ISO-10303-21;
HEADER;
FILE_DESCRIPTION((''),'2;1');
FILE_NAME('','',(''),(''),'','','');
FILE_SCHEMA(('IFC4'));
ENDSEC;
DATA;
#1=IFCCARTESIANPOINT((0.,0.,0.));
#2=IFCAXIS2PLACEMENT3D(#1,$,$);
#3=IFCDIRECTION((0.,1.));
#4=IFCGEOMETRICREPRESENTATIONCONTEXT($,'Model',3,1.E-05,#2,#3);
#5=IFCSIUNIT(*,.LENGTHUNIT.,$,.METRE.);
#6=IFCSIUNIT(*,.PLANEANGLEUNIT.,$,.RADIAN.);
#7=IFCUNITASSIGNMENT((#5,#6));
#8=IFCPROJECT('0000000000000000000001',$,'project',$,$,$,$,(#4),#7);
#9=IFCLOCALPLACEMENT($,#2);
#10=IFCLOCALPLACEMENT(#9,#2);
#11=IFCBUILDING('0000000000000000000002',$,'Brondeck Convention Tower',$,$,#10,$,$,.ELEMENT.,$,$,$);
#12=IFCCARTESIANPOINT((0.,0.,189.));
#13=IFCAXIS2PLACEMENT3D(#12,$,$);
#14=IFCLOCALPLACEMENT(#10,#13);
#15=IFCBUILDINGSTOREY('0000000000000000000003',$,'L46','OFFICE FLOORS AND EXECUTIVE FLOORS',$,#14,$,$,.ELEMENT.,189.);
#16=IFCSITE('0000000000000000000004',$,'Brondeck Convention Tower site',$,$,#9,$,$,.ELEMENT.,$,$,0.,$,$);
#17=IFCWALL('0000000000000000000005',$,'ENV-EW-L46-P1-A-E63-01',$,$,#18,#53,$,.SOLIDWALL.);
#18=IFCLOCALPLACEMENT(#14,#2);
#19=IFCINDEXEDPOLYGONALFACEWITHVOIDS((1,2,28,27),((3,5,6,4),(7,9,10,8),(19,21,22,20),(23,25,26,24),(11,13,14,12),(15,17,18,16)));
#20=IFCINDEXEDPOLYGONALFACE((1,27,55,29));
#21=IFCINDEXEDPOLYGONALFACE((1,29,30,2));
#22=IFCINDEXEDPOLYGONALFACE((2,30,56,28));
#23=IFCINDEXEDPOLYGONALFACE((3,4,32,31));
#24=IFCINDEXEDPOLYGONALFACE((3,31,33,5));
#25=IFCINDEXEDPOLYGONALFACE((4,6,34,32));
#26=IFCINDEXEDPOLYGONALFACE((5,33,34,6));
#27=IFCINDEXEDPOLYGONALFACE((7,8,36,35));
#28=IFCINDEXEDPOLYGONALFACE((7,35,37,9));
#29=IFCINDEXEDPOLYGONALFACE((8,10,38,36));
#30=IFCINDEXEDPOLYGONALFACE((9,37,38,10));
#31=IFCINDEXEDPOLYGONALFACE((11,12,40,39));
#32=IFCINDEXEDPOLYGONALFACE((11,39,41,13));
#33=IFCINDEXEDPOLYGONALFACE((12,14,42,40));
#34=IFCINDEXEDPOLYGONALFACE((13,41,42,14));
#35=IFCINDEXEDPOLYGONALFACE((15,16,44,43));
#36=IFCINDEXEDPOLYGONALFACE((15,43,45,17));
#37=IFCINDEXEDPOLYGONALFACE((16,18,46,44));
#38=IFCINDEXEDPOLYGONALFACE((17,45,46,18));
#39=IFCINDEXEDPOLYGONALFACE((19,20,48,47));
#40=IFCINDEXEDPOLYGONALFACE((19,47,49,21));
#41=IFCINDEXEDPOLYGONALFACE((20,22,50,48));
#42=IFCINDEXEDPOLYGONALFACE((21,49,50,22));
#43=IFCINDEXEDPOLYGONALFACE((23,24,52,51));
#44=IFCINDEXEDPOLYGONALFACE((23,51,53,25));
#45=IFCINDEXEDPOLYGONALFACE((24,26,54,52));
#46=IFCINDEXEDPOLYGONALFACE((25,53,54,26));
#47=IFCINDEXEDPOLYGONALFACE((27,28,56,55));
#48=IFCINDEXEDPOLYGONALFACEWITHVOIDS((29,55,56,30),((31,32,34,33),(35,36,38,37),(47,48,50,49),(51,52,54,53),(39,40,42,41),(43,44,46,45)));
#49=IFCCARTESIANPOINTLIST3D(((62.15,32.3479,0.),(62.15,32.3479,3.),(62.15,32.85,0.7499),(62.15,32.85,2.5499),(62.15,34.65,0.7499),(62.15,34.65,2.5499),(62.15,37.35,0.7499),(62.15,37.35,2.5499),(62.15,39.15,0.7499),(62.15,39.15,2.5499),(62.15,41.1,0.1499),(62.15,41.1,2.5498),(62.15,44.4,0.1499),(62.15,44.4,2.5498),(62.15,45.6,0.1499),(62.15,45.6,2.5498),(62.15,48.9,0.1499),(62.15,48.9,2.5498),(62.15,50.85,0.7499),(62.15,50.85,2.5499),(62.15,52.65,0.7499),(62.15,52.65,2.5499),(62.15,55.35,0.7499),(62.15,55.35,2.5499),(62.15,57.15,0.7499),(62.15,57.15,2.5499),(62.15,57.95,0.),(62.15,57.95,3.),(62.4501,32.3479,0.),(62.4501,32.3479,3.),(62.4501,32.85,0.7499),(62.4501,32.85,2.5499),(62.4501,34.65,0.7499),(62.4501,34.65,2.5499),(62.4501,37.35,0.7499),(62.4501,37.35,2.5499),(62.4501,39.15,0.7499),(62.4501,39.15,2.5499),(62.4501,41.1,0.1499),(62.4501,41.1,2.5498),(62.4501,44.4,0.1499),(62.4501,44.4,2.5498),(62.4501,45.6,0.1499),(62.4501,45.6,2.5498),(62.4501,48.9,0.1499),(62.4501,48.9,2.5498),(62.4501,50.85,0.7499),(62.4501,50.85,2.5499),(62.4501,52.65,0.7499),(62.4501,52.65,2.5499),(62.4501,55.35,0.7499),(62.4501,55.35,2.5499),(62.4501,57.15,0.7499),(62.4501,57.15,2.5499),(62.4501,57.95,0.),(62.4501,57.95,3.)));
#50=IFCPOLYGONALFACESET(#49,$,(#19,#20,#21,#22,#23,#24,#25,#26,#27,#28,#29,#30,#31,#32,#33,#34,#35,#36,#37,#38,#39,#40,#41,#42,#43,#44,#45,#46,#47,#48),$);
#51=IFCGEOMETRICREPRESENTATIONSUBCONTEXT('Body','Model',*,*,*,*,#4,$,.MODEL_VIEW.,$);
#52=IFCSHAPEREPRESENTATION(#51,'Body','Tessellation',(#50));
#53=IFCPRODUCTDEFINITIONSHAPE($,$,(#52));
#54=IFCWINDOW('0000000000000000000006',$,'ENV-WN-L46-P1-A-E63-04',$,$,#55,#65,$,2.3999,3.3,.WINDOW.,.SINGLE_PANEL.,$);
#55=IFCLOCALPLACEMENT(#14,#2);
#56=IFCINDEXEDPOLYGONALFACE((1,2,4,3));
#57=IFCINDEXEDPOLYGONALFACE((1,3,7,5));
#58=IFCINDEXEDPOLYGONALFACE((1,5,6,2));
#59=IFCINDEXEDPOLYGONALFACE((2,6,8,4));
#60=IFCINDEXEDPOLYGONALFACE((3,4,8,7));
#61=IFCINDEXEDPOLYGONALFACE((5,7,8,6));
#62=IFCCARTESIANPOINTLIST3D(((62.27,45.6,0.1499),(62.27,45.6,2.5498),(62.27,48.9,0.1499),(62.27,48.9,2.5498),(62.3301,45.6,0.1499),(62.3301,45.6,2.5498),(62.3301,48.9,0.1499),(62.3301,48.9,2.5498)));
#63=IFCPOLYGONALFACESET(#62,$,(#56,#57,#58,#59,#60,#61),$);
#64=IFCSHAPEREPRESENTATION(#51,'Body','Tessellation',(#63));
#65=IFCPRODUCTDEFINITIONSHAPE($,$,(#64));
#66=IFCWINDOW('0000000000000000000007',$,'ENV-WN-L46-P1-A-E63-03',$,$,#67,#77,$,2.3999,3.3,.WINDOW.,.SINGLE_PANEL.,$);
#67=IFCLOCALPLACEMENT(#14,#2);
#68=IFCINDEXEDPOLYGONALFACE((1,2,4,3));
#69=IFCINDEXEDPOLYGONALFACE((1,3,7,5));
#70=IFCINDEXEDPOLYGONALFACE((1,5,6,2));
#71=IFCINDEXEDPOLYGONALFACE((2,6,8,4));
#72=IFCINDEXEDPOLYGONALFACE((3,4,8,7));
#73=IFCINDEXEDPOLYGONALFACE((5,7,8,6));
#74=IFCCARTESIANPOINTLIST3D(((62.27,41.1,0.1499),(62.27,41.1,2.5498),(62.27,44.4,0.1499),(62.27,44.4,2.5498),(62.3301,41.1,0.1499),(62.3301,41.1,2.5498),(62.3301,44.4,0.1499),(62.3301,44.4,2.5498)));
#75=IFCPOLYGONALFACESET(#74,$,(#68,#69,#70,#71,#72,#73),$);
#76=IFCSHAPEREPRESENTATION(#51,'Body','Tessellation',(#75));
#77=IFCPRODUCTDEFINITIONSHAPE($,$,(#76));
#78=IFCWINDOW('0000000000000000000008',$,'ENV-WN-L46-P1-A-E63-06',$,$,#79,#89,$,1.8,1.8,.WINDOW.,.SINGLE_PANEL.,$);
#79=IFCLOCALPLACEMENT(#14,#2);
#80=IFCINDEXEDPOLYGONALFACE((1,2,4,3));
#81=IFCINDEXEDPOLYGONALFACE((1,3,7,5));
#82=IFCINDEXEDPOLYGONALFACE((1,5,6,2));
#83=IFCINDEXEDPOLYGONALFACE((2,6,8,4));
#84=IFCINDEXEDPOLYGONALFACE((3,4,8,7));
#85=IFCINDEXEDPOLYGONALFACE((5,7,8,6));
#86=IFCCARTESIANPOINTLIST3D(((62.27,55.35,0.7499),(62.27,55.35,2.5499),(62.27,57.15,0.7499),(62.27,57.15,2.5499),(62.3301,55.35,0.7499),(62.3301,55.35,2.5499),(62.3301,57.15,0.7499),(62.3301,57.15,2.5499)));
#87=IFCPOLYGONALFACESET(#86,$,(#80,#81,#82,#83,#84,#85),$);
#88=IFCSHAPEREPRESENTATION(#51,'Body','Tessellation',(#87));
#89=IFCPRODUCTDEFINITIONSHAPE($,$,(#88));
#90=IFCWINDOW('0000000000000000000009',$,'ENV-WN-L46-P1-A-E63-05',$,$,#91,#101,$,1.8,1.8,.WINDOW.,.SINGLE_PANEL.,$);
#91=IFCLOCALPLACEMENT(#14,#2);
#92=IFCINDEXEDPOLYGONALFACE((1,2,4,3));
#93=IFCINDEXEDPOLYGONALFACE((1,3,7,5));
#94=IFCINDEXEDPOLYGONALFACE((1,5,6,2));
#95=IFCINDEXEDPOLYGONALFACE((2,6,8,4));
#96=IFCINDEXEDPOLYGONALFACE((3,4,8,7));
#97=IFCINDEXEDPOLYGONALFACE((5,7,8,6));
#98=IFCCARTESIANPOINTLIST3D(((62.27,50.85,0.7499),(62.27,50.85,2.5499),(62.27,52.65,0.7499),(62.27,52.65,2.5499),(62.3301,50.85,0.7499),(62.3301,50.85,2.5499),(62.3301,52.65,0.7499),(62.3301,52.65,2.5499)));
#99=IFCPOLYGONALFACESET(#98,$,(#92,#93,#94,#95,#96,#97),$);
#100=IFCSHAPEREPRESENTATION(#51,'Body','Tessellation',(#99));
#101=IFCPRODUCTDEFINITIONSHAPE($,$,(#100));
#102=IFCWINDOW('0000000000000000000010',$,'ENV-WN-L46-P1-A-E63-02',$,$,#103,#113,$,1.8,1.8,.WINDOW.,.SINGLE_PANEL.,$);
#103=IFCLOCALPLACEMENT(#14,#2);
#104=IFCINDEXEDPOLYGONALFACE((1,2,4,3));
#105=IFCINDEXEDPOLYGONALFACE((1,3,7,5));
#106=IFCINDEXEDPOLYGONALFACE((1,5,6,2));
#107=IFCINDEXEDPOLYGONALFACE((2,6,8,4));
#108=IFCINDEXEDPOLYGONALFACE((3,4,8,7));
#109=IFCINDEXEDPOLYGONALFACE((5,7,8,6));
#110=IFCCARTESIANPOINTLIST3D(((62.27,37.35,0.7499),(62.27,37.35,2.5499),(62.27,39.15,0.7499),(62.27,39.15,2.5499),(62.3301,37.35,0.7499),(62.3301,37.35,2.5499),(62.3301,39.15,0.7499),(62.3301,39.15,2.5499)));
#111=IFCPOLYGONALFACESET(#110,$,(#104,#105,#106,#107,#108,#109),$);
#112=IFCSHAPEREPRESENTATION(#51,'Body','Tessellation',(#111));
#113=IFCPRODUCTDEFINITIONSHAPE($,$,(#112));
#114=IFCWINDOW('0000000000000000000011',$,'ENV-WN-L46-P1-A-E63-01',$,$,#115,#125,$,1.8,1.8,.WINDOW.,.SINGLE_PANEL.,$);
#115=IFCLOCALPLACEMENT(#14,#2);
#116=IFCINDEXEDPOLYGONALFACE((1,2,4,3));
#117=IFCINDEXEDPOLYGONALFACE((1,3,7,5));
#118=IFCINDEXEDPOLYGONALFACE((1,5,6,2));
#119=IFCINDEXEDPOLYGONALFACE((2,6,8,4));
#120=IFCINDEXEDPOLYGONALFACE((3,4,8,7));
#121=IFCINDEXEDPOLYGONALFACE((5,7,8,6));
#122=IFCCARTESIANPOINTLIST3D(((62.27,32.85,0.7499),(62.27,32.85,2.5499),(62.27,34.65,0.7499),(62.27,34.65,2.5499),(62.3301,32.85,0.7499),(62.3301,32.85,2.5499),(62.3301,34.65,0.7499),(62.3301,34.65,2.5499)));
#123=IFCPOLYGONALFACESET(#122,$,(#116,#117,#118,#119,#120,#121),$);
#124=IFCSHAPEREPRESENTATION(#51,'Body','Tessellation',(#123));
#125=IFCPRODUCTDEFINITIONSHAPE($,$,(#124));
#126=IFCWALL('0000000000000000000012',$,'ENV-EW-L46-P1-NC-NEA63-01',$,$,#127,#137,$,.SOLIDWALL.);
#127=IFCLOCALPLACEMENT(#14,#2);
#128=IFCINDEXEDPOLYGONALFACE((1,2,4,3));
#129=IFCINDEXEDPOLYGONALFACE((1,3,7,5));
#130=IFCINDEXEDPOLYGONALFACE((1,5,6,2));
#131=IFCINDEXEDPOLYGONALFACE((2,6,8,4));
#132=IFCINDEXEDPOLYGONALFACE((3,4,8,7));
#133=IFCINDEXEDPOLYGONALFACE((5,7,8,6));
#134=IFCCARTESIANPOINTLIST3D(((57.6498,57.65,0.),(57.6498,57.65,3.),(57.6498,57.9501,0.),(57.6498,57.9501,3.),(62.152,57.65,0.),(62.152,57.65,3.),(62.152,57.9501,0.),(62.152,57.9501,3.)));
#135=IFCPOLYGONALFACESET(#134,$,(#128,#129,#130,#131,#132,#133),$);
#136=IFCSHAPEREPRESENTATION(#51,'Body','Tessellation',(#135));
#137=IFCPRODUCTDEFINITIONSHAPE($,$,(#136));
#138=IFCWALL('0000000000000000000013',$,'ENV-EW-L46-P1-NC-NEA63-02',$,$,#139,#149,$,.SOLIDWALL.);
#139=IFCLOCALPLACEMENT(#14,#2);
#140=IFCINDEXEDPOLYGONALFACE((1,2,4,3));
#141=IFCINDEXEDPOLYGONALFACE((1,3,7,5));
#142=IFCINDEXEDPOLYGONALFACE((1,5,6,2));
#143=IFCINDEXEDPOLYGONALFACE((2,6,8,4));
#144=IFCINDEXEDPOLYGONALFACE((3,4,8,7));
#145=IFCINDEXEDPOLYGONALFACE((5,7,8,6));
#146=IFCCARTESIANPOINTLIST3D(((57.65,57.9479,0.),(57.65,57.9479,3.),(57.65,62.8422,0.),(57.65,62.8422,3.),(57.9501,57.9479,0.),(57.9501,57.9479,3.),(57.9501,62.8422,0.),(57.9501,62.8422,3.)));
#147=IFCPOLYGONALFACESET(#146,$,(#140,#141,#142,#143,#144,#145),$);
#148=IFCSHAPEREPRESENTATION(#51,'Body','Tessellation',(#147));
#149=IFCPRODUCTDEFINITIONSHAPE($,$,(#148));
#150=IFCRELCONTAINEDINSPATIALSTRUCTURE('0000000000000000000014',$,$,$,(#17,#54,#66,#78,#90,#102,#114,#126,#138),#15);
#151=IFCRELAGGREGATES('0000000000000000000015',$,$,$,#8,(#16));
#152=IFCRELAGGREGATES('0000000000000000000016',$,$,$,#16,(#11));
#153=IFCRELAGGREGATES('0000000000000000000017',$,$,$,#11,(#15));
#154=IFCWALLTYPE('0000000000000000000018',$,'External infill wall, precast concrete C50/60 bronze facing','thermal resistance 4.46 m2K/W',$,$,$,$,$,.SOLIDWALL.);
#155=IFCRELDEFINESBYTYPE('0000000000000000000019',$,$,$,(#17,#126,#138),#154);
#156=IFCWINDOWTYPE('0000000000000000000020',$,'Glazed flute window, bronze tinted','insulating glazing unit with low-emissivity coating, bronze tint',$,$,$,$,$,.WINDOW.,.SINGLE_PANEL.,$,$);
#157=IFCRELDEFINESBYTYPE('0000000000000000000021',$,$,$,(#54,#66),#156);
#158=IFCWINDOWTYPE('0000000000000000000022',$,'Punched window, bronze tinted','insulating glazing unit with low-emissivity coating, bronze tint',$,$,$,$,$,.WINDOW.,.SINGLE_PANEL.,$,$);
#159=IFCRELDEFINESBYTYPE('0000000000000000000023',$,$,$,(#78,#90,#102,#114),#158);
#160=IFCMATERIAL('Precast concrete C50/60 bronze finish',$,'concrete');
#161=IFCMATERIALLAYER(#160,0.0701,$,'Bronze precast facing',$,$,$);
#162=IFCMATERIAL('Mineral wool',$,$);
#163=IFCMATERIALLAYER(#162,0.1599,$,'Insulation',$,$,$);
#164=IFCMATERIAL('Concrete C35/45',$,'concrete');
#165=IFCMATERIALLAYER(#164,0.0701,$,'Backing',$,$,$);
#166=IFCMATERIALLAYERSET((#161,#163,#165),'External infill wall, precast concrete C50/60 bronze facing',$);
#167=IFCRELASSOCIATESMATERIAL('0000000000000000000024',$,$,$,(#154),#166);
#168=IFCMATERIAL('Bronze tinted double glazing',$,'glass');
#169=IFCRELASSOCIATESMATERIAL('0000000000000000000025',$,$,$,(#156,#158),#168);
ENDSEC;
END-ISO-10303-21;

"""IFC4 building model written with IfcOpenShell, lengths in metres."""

from ifc_helpers import new_model, si_unit, direction, frame, frame_2d, origin, place, context, subcontext, project, spatial, rectangle, extrude, material, layer, layer_set, type_object, element, fill, save


model = new_model("IFC4")

# Units and contexts
model_context = context("Model", 3, precision=1e-05, world=origin(), true_north=direction((0.0, 1.0)))
body_context = subcontext(model_context, "Body", "Model", "MODEL_VIEW")
ifc_project = project(units=[si_unit("LENGTHUNIT", "METRE"), si_unit("PLANEANGLEUNIT", "RADIAN")], contexts=[model_context])

# Site, building, storey
site_placement = place(None, origin())
site = spatial("IfcSite", under=ifc_project, at=site_placement, Name="Brondeck Convention Tower site", CompositionType="ELEMENT", RefElevation=0.0)
building_placement = place(site_placement, origin())
building = spatial("IfcBuilding", under=site, at=building_placement, Name="Brondeck Convention Tower", CompositionType="ELEMENT")
storey_placement = place(building_placement, frame((0.0, 0.0, 189.0)))
storey = spatial("IfcBuildingStorey", under=building, at=storey_placement, Name="L46", Description="OFFICE FLOORS AND EXECUTIVE FLOORS", CompositionType="ELEMENT", Elevation=189.0)

# Wall, openings, windows
ifc_material_1 = material(Name="Precast concrete C50/60 bronze finish", Category="concrete")
ifc_layer_1 = layer(ifc_material_1, 0.0701, Name="Bronze precast facing")
ifc_material_2 = material(Name="Mineral wool")
ifc_layer_2 = layer(ifc_material_2, 0.1599, Name="Insulation")
ifc_material_3 = material(Name="Concrete C35/45", Category="concrete")
ifc_layer_3 = layer(ifc_material_3, 0.0701, Name="Backing")
ifc_layer_set_1 = layer_set([ifc_layer_1, ifc_layer_2, ifc_layer_3], Name="External infill wall, precast concrete C50/60 bronze facing")
wall_type_1 = type_object("IfcWallType", Name="External infill wall, precast concrete C50/60 bronze facing", Description="thermal resistance 4.46 m2K/W", PredefinedType="SOLIDWALL", material=ifc_layer_set_1)
wall_1_placement = place(storey_placement, frame((62.3, 57.95, 0.0), z_axis=(0.0, 0.0, 1.0), x_axis=(0.0, -1.0, 0.0)))
wall_1 = element("IfcWall", 1, at=wall_1_placement, inside=storey, type_object=wall_type_1, Name="ENV-EW-L46-P1-A-E63-01", PredefinedType="SOLIDWALL", context=body_context, shape_type="SweptSolid", body=[
    extrude(rectangle(XDim=25.6021, YDim=0.3, at=frame_2d((12.801, 0.0))), origin(), (0.0, 0.0, 1.0), 3.0),
])
opening_1_placement = place(wall_1_placement, frame((0.8, 0.0, 0.75)))
opening_1 = element("IfcOpeningElement", 2, at=opening_1_placement, cuts=wall_1, PredefinedType="OPENING", context=body_context, shape_type="SweptSolid", body=[
    extrude(rectangle(XDim=1.8, YDim=1.8, at=frame_2d((0.8999, 0.8999))), frame((0.0, 0.1599, 0.0), z_axis=(0.0, -1.0, 0.0), x_axis=(1.0, 0.0, 0.0)), (0.0, 0.0, 1.0), 0.3201),
])
opening_2_placement = place(wall_1_placement, frame((5.3, 0.0, 0.75)))
opening_2 = element("IfcOpeningElement", 3, at=opening_2_placement, cuts=wall_1, PredefinedType="OPENING", context=body_context, shape_type="SweptSolid", body=[
    extrude(rectangle(XDim=1.8, YDim=1.8, at=frame_2d((0.8999, 0.8999))), frame((0.0, 0.1599, 0.0), z_axis=(0.0, -1.0, 0.0), x_axis=(1.0, 0.0, 0.0)), (0.0, 0.0, 1.0), 0.3201),
])
opening_3_placement = place(wall_1_placement, frame((9.05, 0.0, 0.1499)))
opening_3 = element("IfcOpeningElement", 4, at=opening_3_placement, cuts=wall_1, PredefinedType="OPENING", context=body_context, shape_type="SweptSolid", body=[
    extrude(rectangle(XDim=3.3, YDim=2.3999, at=frame_2d((1.6499, 1.2))), frame((0.0, 0.1599, 0.0), z_axis=(0.0, -1.0, 0.0), x_axis=(1.0, 0.0, 0.0)), (0.0, 0.0, 1.0), 0.3201),
])
opening_4_placement = place(wall_1_placement, frame((13.55, 0.0, 0.1499)))
opening_4 = element("IfcOpeningElement", 5, at=opening_4_placement, cuts=wall_1, PredefinedType="OPENING", context=body_context, shape_type="SweptSolid", body=[
    extrude(rectangle(XDim=3.3, YDim=2.3999, at=frame_2d((1.6499, 1.2))), frame((0.0, 0.1599, 0.0), z_axis=(0.0, -1.0, 0.0), x_axis=(1.0, 0.0, 0.0)), (0.0, 0.0, 1.0), 0.3201),
])
opening_5_placement = place(wall_1_placement, frame((18.8, 0.0, 0.75)))
opening_5 = element("IfcOpeningElement", 6, at=opening_5_placement, cuts=wall_1, PredefinedType="OPENING", context=body_context, shape_type="SweptSolid", body=[
    extrude(rectangle(XDim=1.8, YDim=1.8, at=frame_2d((0.8999, 0.8999))), frame((0.0, 0.1599, 0.0), z_axis=(0.0, -1.0, 0.0), x_axis=(1.0, 0.0, 0.0)), (0.0, 0.0, 1.0), 0.3201),
])
opening_6_placement = place(wall_1_placement, frame((23.3, 0.0, 0.75)))
opening_6 = element("IfcOpeningElement", 7, at=opening_6_placement, cuts=wall_1, PredefinedType="OPENING", context=body_context, shape_type="SweptSolid", body=[
    extrude(rectangle(XDim=1.8, YDim=1.8, at=frame_2d((0.8999, 0.8999))), frame((0.0, 0.1599, 0.0), z_axis=(0.0, -1.0, 0.0), x_axis=(1.0, 0.0, 0.0)), (0.0, 0.0, 1.0), 0.3201),
])
ifc_material_4 = material(Name="Bronze tinted double glazing", Category="glass")
window_type_1 = type_object("IfcWindowType", Name="Glazed flute window, bronze tinted", Description="insulating glazing unit with low-emissivity coating, bronze tint", PartitioningType="SINGLE_PANEL", PredefinedType="WINDOW", material=ifc_material_4)
window_1_placement = place(opening_3_placement, origin())
window_1 = element("IfcWindow", 8, at=window_1_placement, inside=storey, type_object=window_type_1, Name="ENV-WN-L46-P1-A-E63-04", OverallHeight=2.3999, OverallWidth=3.3, PartitioningType="SINGLE_PANEL", PredefinedType="WINDOW", context=body_context, shape_type="SweptSolid", body=[
    extrude(rectangle(XDim=3.3, YDim=2.3999, at=frame_2d((1.6499, 1.2))), frame((0.0, 0.03, 0.0), z_axis=(0.0, -1.0, 0.0), x_axis=(1.0, 0.0, 0.0)), (0.0, 0.0, 1.0), 0.0601),
])
fill(opening_3, window_1)
window_2_placement = place(opening_4_placement, origin())
window_2 = element("IfcWindow", 9, at=window_2_placement, inside=storey, type_object=window_type_1, Name="ENV-WN-L46-P1-A-E63-03", OverallHeight=2.3999, OverallWidth=3.3, PartitioningType="SINGLE_PANEL", PredefinedType="WINDOW", context=body_context, shape_type="SweptSolid", body=[
    extrude(rectangle(XDim=3.3, YDim=2.3999, at=frame_2d((1.6499, 1.2))), frame((0.0, 0.03, 0.0), z_axis=(0.0, -1.0, 0.0), x_axis=(1.0, 0.0, 0.0)), (0.0, 0.0, 1.0), 0.0601),
])
fill(opening_4, window_2)
window_type_2 = type_object("IfcWindowType", Name="Punched window, bronze tinted", Description="insulating glazing unit with low-emissivity coating, bronze tint", PartitioningType="SINGLE_PANEL", PredefinedType="WINDOW", material=ifc_material_4)
window_3_placement = place(opening_1_placement, origin())
window_3 = element("IfcWindow", 10, at=window_3_placement, inside=storey, type_object=window_type_2, Name="ENV-WN-L46-P1-A-E63-06", OverallHeight=1.8, OverallWidth=1.8, PartitioningType="SINGLE_PANEL", PredefinedType="WINDOW", context=body_context, shape_type="SweptSolid", body=[
    extrude(rectangle(XDim=1.8, YDim=1.8, at=frame_2d((0.8999, 0.8999))), frame((0.0, 0.03, 0.0), z_axis=(0.0, -1.0, 0.0), x_axis=(1.0, 0.0, 0.0)), (0.0, 0.0, 1.0), 0.0601),
])
fill(opening_1, window_3)
window_4_placement = place(opening_2_placement, origin())
window_4 = element("IfcWindow", 11, at=window_4_placement, inside=storey, type_object=window_type_2, Name="ENV-WN-L46-P1-A-E63-05", OverallHeight=1.8, OverallWidth=1.8, PartitioningType="SINGLE_PANEL", PredefinedType="WINDOW", context=body_context, shape_type="SweptSolid", body=[
    extrude(rectangle(XDim=1.8, YDim=1.8, at=frame_2d((0.8999, 0.8999))), frame((0.0, 0.03, 0.0), z_axis=(0.0, -1.0, 0.0), x_axis=(1.0, 0.0, 0.0)), (0.0, 0.0, 1.0), 0.0601),
])
fill(opening_2, window_4)
window_5_placement = place(opening_5_placement, origin())
window_5 = element("IfcWindow", 12, at=window_5_placement, inside=storey, type_object=window_type_2, Name="ENV-WN-L46-P1-A-E63-02", OverallHeight=1.8, OverallWidth=1.8, PartitioningType="SINGLE_PANEL", PredefinedType="WINDOW", context=body_context, shape_type="SweptSolid", body=[
    extrude(rectangle(XDim=1.8, YDim=1.8, at=frame_2d((0.8999, 0.8999))), frame((0.0, 0.03, 0.0), z_axis=(0.0, -1.0, 0.0), x_axis=(1.0, 0.0, 0.0)), (0.0, 0.0, 1.0), 0.0601),
])
fill(opening_5, window_5)
window_6_placement = place(opening_6_placement, origin())
window_6 = element("IfcWindow", 13, at=window_6_placement, inside=storey, type_object=window_type_2, Name="ENV-WN-L46-P1-A-E63-01", OverallHeight=1.8, OverallWidth=1.8, PartitioningType="SINGLE_PANEL", PredefinedType="WINDOW", context=body_context, shape_type="SweptSolid", body=[
    extrude(rectangle(XDim=1.8, YDim=1.8, at=frame_2d((0.8999, 0.8999))), frame((0.0, 0.03, 0.0), z_axis=(0.0, -1.0, 0.0), x_axis=(1.0, 0.0, 0.0)), (0.0, 0.0, 1.0), 0.0601),
])
fill(opening_6, window_6)

# Walls
wall_2_placement = place(storey_placement, frame((57.6499, 57.8, 0.0), z_axis=(0.0, 0.0, 1.0), x_axis=(1.0, 0.0, 0.0)))
element("IfcWall", 14, at=wall_2_placement, inside=storey, type_object=wall_type_1, Name="ENV-EW-L46-P1-NC-NEA63-01", PredefinedType="SOLIDWALL", context=body_context, shape_type="SweptSolid", body=[
    extrude(rectangle(XDim=4.5022, YDim=0.3, at=frame_2d((2.251, 0.0))), origin(), (0.0, 0.0, 1.0), 3.0),
])
wall_3_placement = place(storey_placement, frame((57.8, 62.8423, 0.0), z_axis=(0.0, 0.0, 1.0), x_axis=(0.0, -1.0, 0.0)))
element("IfcWall", 15, at=wall_3_placement, inside=storey, type_object=wall_type_1, Name="ENV-EW-L46-P1-NC-NEA63-02", PredefinedType="SOLIDWALL", context=body_context, shape_type="SweptSolid", body=[
    extrude(rectangle(XDim=4.8943, YDim=0.3, at=frame_2d((2.4473, 0.0))), origin(), (0.0, 0.0, 1.0), 3.0),
])

save(model, "model.ifc")
